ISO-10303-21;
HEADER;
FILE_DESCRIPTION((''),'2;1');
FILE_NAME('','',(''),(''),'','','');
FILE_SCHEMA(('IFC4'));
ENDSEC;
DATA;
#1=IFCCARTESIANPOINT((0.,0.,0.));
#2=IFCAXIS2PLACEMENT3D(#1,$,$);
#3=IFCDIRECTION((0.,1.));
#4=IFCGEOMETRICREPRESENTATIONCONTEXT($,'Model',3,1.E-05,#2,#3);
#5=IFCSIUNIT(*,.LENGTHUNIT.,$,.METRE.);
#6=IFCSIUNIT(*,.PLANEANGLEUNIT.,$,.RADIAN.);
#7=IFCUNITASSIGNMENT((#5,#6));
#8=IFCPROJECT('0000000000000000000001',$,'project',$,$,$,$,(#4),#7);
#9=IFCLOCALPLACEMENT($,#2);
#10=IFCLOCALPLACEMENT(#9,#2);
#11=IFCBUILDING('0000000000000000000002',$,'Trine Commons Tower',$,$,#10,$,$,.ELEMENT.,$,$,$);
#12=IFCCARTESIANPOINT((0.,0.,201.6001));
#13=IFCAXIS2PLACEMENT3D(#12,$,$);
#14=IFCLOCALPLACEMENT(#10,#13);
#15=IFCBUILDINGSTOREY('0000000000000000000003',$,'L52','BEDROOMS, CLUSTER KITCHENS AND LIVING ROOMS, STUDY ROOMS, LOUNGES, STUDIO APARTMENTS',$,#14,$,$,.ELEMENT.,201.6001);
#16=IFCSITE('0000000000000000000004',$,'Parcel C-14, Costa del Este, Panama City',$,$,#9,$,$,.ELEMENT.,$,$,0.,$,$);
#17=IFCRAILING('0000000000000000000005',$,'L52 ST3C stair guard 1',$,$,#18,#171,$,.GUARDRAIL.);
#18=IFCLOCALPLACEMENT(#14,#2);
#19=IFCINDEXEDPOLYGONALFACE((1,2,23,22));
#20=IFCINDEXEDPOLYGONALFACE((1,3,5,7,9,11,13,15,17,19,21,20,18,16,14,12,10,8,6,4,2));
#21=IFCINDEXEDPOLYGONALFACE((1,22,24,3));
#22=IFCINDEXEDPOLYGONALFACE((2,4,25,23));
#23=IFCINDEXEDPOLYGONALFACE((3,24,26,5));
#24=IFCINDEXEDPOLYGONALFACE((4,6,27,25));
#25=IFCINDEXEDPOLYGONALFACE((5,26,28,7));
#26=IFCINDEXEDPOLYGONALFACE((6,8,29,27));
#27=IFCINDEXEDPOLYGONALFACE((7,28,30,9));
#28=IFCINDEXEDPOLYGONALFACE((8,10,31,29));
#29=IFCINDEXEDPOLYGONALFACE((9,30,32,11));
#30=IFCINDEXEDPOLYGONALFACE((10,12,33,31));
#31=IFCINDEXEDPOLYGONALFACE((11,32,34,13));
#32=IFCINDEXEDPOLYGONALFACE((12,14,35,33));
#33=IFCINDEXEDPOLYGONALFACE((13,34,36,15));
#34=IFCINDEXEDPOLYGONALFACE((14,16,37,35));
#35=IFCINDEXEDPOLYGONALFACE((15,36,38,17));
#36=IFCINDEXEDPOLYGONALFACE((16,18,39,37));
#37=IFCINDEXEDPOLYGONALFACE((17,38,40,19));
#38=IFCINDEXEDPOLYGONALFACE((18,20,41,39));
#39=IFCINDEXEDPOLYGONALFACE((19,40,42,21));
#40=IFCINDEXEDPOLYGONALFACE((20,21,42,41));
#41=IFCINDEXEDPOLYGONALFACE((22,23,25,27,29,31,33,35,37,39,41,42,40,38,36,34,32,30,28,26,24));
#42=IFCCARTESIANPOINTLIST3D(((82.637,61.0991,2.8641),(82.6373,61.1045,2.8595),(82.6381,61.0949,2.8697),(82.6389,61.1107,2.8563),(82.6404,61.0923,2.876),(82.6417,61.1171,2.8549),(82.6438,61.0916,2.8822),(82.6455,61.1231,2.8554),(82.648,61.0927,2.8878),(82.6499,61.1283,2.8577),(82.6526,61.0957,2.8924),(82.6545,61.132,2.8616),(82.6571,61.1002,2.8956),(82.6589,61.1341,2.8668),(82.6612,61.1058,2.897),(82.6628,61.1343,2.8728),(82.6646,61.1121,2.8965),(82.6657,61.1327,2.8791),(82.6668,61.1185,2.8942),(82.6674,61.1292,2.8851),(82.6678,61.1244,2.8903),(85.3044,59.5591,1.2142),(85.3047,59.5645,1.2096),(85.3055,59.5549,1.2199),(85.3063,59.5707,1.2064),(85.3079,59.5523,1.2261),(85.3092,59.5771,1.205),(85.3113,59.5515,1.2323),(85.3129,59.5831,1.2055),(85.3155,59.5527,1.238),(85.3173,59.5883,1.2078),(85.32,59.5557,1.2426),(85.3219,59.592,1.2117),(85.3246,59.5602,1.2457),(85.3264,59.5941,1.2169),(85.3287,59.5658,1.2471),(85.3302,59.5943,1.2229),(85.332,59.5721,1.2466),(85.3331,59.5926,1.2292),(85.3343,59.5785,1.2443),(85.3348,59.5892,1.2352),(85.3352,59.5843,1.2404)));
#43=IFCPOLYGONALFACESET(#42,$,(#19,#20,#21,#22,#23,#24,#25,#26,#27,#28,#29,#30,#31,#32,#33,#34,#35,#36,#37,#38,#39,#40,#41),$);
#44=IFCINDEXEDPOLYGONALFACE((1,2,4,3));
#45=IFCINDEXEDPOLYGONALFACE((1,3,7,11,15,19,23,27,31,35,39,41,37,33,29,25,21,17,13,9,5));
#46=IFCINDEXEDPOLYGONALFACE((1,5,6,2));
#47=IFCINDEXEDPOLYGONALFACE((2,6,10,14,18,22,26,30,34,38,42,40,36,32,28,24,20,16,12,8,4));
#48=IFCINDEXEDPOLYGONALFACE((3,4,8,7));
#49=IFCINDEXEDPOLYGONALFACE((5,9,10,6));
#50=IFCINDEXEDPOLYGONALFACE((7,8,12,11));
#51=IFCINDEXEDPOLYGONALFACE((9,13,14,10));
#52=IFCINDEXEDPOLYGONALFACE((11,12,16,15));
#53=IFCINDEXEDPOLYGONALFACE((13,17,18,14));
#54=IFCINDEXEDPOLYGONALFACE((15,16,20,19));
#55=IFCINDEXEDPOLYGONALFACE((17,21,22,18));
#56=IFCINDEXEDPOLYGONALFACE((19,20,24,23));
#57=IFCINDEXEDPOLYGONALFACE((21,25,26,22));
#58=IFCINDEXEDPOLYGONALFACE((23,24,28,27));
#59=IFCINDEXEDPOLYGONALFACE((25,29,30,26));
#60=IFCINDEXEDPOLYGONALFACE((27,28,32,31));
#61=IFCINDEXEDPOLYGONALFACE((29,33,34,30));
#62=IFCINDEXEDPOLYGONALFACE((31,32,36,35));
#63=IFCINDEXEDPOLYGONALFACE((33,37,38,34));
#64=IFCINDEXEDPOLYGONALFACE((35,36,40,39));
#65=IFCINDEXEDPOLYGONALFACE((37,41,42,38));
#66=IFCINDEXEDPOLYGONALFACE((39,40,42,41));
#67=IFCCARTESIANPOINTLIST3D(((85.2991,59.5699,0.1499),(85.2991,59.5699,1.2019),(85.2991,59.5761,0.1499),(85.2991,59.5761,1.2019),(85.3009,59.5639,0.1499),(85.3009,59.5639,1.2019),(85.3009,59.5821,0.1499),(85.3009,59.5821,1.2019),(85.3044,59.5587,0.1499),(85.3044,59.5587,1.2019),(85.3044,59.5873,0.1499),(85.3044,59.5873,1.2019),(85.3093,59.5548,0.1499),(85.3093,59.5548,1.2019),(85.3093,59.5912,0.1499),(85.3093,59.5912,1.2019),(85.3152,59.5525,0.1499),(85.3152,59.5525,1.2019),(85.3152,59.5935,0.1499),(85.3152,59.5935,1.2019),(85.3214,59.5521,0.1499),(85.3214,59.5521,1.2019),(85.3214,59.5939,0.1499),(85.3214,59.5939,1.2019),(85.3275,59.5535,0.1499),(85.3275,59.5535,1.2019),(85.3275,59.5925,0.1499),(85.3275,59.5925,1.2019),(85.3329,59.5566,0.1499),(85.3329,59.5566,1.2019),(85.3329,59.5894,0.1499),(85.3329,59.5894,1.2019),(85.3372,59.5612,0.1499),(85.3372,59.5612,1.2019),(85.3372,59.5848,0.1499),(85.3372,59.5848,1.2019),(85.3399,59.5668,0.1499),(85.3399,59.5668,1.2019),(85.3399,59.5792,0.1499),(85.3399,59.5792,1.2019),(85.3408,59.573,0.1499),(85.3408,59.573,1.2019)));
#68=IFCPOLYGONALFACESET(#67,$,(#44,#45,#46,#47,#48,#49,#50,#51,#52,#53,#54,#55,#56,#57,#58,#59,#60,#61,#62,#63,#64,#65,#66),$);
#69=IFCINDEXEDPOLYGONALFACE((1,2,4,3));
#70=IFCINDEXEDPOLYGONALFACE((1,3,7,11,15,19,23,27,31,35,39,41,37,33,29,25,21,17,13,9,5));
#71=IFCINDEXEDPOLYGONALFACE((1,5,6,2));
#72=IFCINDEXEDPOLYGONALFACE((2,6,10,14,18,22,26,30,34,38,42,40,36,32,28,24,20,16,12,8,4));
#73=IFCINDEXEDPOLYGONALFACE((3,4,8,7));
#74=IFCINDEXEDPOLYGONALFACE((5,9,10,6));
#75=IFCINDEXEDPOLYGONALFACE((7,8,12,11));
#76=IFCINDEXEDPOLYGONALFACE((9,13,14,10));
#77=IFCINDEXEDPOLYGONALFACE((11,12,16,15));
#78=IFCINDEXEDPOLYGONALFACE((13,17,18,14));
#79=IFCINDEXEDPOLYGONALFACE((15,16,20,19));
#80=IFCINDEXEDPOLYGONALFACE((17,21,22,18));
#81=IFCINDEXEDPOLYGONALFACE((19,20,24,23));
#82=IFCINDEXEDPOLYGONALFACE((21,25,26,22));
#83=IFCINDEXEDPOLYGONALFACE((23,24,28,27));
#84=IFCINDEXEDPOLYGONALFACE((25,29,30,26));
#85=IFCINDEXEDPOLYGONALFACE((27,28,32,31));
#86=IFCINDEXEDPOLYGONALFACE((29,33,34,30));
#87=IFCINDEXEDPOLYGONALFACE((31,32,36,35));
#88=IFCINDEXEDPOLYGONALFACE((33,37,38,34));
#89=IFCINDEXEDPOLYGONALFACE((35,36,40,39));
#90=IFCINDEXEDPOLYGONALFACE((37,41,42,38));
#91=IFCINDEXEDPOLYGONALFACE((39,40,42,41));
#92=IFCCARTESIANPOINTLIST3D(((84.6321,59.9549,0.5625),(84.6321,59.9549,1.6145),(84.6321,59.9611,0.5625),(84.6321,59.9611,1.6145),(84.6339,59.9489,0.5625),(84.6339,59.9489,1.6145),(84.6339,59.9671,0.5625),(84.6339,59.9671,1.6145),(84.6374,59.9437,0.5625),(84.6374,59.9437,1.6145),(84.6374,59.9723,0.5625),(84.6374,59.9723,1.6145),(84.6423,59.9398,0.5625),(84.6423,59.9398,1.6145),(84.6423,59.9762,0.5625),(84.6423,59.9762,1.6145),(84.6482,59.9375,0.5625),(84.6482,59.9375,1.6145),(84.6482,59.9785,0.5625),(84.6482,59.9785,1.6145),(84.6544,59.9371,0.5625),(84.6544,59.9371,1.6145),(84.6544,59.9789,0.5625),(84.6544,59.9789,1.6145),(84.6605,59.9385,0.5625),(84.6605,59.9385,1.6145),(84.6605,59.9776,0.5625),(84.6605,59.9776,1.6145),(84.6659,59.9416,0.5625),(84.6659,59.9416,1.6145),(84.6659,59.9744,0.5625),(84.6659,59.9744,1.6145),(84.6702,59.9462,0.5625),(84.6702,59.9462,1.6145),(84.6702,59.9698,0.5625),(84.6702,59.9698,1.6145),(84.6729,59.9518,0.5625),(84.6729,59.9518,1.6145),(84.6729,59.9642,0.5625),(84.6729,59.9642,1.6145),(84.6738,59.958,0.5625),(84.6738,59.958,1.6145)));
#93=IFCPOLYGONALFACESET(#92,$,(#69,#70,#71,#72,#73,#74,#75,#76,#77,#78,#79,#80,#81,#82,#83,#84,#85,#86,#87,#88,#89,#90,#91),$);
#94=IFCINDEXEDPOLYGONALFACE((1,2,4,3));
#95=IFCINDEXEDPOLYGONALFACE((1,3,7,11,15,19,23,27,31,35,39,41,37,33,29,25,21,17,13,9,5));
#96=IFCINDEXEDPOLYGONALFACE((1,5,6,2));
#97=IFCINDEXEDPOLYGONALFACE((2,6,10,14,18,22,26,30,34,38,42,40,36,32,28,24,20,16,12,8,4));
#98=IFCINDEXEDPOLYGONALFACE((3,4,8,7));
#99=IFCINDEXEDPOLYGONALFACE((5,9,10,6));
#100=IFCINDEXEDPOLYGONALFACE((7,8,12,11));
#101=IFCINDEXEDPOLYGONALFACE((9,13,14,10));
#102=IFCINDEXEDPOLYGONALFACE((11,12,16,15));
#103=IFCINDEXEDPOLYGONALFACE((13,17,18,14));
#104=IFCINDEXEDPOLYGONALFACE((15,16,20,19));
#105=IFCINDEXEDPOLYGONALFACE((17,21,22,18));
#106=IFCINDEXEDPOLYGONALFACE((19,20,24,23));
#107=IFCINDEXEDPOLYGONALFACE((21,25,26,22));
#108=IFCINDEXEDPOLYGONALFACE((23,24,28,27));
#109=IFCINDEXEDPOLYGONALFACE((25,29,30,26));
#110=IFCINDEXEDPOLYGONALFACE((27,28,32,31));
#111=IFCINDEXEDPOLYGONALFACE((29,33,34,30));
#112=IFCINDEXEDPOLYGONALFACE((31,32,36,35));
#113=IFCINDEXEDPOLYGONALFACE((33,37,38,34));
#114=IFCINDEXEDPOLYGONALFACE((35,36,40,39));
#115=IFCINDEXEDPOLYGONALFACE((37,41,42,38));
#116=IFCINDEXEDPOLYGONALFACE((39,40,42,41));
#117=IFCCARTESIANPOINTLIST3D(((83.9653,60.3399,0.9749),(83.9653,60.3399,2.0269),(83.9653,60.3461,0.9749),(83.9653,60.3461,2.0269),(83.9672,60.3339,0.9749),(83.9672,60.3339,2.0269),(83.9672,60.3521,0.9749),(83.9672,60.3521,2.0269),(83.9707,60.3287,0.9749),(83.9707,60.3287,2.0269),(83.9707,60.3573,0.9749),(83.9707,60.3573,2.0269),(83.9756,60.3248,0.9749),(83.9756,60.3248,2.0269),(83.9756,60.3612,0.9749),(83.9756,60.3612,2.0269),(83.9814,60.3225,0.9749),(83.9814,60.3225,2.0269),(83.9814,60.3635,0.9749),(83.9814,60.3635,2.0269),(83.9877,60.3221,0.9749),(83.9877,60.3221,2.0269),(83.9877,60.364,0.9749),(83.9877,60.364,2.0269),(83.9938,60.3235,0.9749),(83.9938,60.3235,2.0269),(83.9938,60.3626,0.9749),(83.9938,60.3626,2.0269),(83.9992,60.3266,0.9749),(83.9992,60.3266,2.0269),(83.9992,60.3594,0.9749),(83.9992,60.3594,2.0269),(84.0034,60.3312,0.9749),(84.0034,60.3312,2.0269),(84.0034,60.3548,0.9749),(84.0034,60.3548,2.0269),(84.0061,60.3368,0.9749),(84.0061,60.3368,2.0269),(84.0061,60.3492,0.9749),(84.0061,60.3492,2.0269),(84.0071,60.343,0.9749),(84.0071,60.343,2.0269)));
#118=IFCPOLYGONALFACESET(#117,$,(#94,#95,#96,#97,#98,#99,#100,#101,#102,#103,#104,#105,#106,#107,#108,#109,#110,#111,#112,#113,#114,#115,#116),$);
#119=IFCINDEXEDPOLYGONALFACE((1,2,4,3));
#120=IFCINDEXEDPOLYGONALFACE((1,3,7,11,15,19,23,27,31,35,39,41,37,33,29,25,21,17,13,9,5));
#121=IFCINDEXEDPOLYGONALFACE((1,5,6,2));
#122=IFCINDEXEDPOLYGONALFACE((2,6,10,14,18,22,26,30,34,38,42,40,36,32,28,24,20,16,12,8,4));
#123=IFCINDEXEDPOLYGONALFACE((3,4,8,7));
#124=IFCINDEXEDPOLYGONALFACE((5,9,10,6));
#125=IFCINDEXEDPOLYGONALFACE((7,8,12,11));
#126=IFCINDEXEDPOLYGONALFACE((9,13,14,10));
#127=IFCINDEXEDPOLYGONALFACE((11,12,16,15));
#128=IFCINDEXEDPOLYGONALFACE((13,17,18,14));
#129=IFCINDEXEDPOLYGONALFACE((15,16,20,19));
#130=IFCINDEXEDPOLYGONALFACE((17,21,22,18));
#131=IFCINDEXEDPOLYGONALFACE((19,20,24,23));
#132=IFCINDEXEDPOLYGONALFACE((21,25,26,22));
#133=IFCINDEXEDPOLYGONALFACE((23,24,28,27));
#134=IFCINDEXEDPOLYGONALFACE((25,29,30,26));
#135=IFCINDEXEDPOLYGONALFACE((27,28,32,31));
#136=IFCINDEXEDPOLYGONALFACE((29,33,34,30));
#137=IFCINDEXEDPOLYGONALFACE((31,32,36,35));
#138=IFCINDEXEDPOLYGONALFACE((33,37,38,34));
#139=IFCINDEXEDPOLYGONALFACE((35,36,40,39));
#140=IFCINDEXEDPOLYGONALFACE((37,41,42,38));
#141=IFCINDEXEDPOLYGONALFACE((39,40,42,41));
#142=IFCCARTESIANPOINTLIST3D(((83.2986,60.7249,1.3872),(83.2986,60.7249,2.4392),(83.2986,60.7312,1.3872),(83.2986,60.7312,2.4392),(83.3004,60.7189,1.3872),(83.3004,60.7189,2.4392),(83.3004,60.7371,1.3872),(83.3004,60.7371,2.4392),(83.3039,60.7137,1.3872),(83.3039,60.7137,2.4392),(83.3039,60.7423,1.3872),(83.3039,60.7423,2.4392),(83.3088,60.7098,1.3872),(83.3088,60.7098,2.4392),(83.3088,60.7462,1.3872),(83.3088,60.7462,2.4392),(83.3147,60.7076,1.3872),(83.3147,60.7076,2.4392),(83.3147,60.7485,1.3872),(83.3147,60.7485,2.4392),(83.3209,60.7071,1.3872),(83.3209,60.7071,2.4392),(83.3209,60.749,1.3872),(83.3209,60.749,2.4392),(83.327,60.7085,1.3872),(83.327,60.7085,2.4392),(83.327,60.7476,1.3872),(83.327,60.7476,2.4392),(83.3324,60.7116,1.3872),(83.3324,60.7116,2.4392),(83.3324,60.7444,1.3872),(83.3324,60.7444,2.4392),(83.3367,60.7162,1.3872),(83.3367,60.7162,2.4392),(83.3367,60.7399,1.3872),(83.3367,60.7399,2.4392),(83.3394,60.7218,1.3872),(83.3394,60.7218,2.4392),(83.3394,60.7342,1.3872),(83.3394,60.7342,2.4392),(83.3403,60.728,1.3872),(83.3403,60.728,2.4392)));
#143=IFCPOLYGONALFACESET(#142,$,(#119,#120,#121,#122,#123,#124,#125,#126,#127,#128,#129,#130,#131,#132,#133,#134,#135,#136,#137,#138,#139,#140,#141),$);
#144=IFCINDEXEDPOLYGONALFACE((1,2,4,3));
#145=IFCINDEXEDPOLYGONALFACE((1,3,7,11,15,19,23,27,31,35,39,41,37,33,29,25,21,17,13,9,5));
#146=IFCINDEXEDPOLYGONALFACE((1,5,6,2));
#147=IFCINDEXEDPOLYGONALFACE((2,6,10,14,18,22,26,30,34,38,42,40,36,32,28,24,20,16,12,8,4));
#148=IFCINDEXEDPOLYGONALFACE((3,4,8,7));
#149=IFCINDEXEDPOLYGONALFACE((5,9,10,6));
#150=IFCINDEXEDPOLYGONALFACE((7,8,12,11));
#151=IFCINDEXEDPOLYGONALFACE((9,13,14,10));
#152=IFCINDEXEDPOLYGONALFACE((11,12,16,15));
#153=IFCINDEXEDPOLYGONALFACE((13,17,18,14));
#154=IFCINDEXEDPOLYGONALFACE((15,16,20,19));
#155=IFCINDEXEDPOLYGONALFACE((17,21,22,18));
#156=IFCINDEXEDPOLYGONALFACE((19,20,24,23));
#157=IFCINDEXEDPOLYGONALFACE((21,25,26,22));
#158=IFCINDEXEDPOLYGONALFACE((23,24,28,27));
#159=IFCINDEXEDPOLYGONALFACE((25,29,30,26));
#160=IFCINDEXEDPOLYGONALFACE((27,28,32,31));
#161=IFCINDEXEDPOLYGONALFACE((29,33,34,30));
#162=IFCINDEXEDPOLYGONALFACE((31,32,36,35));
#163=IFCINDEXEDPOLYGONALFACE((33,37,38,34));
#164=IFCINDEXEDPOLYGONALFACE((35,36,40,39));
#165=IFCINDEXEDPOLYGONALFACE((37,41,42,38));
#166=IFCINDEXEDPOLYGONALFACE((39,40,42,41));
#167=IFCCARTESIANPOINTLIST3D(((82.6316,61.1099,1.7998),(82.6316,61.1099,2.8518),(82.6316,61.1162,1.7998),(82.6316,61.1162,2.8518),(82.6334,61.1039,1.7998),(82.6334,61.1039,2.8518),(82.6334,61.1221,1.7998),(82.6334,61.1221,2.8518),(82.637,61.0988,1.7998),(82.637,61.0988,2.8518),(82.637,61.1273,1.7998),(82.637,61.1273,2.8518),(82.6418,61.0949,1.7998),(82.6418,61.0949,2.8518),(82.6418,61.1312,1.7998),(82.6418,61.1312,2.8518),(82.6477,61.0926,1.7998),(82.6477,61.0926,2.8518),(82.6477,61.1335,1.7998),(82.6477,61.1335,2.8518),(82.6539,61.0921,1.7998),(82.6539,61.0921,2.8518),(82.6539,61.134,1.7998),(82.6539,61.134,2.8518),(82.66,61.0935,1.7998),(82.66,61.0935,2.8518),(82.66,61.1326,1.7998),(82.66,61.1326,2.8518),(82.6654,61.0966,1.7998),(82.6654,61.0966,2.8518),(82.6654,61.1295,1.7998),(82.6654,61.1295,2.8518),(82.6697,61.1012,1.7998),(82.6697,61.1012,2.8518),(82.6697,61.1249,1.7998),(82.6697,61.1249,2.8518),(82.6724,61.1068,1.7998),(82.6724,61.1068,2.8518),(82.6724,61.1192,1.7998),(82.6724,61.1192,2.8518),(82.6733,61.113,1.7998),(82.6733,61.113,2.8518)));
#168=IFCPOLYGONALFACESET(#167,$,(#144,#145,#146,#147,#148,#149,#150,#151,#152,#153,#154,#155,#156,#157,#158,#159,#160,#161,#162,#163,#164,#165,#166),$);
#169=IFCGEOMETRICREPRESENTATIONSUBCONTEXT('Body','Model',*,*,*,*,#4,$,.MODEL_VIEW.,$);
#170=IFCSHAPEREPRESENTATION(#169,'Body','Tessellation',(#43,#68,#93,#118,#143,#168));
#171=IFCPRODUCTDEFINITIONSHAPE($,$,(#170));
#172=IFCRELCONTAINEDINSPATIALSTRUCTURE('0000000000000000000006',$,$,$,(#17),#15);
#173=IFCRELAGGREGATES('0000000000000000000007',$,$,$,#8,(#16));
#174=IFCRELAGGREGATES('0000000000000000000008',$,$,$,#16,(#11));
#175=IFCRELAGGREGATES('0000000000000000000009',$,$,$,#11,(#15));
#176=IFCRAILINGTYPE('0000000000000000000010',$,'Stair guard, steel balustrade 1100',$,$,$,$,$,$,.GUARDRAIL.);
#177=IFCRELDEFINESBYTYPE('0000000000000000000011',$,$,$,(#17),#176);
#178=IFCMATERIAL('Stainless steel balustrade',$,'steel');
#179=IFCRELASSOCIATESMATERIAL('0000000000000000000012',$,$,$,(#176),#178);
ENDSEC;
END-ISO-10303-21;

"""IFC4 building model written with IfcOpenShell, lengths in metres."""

from ifc_helpers import new_model, si_unit, direction, frame, origin, origin_2d, place, context, subcontext, project, spatial, circle, extrude, material, type_object, element, save


model = new_model("IFC4")

# Units and contexts
model_context = context("Model", 3, precision=1e-05, world=origin(), true_north=direction((0.0, 1.0)))
body_context = subcontext(model_context, "Body", "Model", "MODEL_VIEW")
ifc_project = project(units=[si_unit("LENGTHUNIT", "METRE"), si_unit("PLANEANGLEUNIT", "RADIAN")], contexts=[model_context])

# Site, building, storey
site_placement = place(None, origin())
site = spatial("IfcSite", under=ifc_project, at=site_placement, Name="Parcel C-14, Costa del Este, Panama City", CompositionType="ELEMENT", RefElevation=0.0)
building_placement = place(site_placement, origin())
building = spatial("IfcBuilding", under=site, at=building_placement, Name="Trine Commons Tower", CompositionType="ELEMENT")
storey_placement = place(building_placement, frame((0.0, 0.0, 201.6001)))
storey = spatial("IfcBuildingStorey", under=building, at=storey_placement, Name="L52", Description="BEDROOMS, CLUSTER KITCHENS AND LIVING ROOMS, STUDY ROOMS, LOUNGES, STUDIO APARTMENTS", CompositionType="ELEMENT", Elevation=201.6001)

# Railing
ifc_material_1 = material(Name="Stainless steel balustrade", Category="steel")
railing_type_1 = type_object("IfcRailingType", Name="Stair guard, steel balustrade 1100", PredefinedType="GUARDRAIL", material=ifc_material_1)
railing_1_placement = place(storey_placement, frame((85.3198, 59.573, 0.1499)))
element("IfcRailing", 1, at=railing_1_placement, inside=storey, type_object=railing_type_1, Name="L52 ST3C stair guard 1", PredefinedType="GUARDRAIL", context=body_context, shape_type="SweptSolid", body=[
    extrude(circle(Radius=0.0239, at=origin_2d()), frame((0.0, 0.0, 1.0762), z_axis=(-0.763405, 0.440743, 0.472185), x_axis=(-0.499992, -0.86603, 0.0)), (0.0, 0.0, 1.0), 3.4941),
    extrude(circle(Radius=0.021, at=origin_2d()), origin(), (0.0, 0.0, 1.0), 1.052),
    extrude(circle(Radius=0.021, at=origin_2d()), frame((-0.667, 0.385, 0.4126)), (0.0, 0.0, 1.0), 1.052),
    extrude(circle(Radius=0.021, at=origin_2d()), frame((-1.3337, 0.77, 0.825)), (0.0, 0.0, 1.0), 1.052),
    extrude(circle(Radius=0.021, at=origin_2d()), frame((-2.0005, 1.155, 1.2373)), (0.0, 0.0, 1.0), 1.052),
    extrude(circle(Radius=0.021, at=origin_2d()), frame((-2.6675, 1.54, 1.6499)), (0.0, 0.0, 1.0), 1.052),
])

save(model, "model.ifc")
